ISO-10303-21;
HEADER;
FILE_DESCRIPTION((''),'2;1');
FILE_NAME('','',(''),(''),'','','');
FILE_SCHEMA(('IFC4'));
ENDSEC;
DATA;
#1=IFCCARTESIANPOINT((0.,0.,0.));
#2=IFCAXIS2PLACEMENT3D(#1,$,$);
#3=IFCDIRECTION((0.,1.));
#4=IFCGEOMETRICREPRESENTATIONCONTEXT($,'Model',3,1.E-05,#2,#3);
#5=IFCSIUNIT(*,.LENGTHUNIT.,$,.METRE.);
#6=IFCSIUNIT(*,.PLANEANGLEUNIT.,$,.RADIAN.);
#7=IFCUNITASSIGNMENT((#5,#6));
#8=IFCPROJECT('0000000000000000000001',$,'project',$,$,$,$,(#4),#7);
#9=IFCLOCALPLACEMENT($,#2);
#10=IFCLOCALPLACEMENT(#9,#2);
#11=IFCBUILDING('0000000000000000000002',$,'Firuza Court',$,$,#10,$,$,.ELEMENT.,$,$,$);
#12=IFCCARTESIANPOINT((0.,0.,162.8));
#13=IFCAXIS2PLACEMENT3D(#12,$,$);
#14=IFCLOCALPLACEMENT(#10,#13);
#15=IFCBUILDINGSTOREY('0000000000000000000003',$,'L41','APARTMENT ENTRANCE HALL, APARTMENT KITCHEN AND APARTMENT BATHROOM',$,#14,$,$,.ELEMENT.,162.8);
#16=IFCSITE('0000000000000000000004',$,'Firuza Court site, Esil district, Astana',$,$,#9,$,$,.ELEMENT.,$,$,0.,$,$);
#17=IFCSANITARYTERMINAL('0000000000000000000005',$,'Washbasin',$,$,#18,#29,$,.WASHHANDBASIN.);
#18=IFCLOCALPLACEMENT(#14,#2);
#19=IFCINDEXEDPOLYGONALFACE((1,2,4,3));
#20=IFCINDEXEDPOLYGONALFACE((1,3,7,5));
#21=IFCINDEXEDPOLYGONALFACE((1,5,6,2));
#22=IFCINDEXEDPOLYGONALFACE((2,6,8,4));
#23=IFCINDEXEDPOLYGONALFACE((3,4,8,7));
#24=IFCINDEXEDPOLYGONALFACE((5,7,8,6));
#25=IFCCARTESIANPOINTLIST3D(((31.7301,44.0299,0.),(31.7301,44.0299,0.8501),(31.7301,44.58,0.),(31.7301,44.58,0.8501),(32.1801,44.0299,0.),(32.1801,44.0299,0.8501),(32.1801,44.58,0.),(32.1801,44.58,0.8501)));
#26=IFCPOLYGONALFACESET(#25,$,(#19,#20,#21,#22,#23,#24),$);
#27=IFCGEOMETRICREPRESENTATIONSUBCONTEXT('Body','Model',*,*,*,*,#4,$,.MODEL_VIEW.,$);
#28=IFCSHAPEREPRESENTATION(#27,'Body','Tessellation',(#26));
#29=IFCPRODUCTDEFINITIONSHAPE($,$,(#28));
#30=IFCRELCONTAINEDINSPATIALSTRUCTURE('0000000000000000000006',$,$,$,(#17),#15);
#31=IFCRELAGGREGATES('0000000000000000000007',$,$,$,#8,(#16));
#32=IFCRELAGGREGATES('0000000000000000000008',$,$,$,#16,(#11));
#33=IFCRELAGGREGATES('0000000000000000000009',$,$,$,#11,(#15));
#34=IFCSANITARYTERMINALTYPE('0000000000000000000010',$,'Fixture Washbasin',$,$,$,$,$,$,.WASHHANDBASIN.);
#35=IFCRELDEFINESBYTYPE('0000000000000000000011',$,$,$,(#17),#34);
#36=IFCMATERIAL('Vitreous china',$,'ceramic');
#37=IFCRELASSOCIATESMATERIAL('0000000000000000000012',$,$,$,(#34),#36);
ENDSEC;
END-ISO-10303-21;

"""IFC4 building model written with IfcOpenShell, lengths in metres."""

from ifc_helpers import new_model, si_unit, direction, frame, origin, origin_2d, place, context, subcontext, project, spatial, rectangle, extrude, material, type_object, element, save


model = new_model("IFC4")

# Units and contexts
model_context = context("Model", 3, precision=1e-05, world=origin(), true_north=direction((0.0, 1.0)))
body_context = subcontext(model_context, "Body", "Model", "MODEL_VIEW")
ifc_project = project(units=[si_unit("LENGTHUNIT", "METRE"), si_unit("PLANEANGLEUNIT", "RADIAN")], contexts=[model_context])

# Site, building, storey
site_placement = place(None, origin())
site = spatial("IfcSite", under=ifc_project, at=site_placement, Name="Firuza Court site, Esil district, Astana", CompositionType="ELEMENT", RefElevation=0.0)
building_placement = place(site_placement, origin())
building = spatial("IfcBuilding", under=site, at=building_placement, Name="Firuza Court", CompositionType="ELEMENT")
storey_placement = place(building_placement, frame((0.0, 0.0, 162.8)))
storey = spatial("IfcBuildingStorey", under=building, at=storey_placement, Name="L41", Description="APARTMENT ENTRANCE HALL, APARTMENT KITCHEN AND APARTMENT BATHROOM", CompositionType="ELEMENT", Elevation=162.8)

# Sanitary terminal
ifc_material_1 = material(Name="Vitreous china", Category="ceramic")
sanitary_terminal_type_1 = type_object("IfcSanitaryTerminalType", Name="Fixture Washbasin", PredefinedType="WASHHANDBASIN", material=ifc_material_1)
sanitary_terminal_1_placement = place(storey_placement, frame((31.9551, 44.3049, 0.0), z_axis=(0.0, 0.0, 1.0), x_axis=(1.0, 0.0, 0.0)))
element("IfcSanitaryTerminal", 1, at=sanitary_terminal_1_placement, inside=storey, type_object=sanitary_terminal_type_1, Name="Washbasin", PredefinedType="WASHHANDBASIN", context=body_context, shape_type="SweptSolid", body=[
    extrude(rectangle(XDim=0.45, YDim=0.55, at=origin_2d()), origin(), (0.0, 0.0, 1.0), 0.8501),
])

save(model, "model.ifc")
